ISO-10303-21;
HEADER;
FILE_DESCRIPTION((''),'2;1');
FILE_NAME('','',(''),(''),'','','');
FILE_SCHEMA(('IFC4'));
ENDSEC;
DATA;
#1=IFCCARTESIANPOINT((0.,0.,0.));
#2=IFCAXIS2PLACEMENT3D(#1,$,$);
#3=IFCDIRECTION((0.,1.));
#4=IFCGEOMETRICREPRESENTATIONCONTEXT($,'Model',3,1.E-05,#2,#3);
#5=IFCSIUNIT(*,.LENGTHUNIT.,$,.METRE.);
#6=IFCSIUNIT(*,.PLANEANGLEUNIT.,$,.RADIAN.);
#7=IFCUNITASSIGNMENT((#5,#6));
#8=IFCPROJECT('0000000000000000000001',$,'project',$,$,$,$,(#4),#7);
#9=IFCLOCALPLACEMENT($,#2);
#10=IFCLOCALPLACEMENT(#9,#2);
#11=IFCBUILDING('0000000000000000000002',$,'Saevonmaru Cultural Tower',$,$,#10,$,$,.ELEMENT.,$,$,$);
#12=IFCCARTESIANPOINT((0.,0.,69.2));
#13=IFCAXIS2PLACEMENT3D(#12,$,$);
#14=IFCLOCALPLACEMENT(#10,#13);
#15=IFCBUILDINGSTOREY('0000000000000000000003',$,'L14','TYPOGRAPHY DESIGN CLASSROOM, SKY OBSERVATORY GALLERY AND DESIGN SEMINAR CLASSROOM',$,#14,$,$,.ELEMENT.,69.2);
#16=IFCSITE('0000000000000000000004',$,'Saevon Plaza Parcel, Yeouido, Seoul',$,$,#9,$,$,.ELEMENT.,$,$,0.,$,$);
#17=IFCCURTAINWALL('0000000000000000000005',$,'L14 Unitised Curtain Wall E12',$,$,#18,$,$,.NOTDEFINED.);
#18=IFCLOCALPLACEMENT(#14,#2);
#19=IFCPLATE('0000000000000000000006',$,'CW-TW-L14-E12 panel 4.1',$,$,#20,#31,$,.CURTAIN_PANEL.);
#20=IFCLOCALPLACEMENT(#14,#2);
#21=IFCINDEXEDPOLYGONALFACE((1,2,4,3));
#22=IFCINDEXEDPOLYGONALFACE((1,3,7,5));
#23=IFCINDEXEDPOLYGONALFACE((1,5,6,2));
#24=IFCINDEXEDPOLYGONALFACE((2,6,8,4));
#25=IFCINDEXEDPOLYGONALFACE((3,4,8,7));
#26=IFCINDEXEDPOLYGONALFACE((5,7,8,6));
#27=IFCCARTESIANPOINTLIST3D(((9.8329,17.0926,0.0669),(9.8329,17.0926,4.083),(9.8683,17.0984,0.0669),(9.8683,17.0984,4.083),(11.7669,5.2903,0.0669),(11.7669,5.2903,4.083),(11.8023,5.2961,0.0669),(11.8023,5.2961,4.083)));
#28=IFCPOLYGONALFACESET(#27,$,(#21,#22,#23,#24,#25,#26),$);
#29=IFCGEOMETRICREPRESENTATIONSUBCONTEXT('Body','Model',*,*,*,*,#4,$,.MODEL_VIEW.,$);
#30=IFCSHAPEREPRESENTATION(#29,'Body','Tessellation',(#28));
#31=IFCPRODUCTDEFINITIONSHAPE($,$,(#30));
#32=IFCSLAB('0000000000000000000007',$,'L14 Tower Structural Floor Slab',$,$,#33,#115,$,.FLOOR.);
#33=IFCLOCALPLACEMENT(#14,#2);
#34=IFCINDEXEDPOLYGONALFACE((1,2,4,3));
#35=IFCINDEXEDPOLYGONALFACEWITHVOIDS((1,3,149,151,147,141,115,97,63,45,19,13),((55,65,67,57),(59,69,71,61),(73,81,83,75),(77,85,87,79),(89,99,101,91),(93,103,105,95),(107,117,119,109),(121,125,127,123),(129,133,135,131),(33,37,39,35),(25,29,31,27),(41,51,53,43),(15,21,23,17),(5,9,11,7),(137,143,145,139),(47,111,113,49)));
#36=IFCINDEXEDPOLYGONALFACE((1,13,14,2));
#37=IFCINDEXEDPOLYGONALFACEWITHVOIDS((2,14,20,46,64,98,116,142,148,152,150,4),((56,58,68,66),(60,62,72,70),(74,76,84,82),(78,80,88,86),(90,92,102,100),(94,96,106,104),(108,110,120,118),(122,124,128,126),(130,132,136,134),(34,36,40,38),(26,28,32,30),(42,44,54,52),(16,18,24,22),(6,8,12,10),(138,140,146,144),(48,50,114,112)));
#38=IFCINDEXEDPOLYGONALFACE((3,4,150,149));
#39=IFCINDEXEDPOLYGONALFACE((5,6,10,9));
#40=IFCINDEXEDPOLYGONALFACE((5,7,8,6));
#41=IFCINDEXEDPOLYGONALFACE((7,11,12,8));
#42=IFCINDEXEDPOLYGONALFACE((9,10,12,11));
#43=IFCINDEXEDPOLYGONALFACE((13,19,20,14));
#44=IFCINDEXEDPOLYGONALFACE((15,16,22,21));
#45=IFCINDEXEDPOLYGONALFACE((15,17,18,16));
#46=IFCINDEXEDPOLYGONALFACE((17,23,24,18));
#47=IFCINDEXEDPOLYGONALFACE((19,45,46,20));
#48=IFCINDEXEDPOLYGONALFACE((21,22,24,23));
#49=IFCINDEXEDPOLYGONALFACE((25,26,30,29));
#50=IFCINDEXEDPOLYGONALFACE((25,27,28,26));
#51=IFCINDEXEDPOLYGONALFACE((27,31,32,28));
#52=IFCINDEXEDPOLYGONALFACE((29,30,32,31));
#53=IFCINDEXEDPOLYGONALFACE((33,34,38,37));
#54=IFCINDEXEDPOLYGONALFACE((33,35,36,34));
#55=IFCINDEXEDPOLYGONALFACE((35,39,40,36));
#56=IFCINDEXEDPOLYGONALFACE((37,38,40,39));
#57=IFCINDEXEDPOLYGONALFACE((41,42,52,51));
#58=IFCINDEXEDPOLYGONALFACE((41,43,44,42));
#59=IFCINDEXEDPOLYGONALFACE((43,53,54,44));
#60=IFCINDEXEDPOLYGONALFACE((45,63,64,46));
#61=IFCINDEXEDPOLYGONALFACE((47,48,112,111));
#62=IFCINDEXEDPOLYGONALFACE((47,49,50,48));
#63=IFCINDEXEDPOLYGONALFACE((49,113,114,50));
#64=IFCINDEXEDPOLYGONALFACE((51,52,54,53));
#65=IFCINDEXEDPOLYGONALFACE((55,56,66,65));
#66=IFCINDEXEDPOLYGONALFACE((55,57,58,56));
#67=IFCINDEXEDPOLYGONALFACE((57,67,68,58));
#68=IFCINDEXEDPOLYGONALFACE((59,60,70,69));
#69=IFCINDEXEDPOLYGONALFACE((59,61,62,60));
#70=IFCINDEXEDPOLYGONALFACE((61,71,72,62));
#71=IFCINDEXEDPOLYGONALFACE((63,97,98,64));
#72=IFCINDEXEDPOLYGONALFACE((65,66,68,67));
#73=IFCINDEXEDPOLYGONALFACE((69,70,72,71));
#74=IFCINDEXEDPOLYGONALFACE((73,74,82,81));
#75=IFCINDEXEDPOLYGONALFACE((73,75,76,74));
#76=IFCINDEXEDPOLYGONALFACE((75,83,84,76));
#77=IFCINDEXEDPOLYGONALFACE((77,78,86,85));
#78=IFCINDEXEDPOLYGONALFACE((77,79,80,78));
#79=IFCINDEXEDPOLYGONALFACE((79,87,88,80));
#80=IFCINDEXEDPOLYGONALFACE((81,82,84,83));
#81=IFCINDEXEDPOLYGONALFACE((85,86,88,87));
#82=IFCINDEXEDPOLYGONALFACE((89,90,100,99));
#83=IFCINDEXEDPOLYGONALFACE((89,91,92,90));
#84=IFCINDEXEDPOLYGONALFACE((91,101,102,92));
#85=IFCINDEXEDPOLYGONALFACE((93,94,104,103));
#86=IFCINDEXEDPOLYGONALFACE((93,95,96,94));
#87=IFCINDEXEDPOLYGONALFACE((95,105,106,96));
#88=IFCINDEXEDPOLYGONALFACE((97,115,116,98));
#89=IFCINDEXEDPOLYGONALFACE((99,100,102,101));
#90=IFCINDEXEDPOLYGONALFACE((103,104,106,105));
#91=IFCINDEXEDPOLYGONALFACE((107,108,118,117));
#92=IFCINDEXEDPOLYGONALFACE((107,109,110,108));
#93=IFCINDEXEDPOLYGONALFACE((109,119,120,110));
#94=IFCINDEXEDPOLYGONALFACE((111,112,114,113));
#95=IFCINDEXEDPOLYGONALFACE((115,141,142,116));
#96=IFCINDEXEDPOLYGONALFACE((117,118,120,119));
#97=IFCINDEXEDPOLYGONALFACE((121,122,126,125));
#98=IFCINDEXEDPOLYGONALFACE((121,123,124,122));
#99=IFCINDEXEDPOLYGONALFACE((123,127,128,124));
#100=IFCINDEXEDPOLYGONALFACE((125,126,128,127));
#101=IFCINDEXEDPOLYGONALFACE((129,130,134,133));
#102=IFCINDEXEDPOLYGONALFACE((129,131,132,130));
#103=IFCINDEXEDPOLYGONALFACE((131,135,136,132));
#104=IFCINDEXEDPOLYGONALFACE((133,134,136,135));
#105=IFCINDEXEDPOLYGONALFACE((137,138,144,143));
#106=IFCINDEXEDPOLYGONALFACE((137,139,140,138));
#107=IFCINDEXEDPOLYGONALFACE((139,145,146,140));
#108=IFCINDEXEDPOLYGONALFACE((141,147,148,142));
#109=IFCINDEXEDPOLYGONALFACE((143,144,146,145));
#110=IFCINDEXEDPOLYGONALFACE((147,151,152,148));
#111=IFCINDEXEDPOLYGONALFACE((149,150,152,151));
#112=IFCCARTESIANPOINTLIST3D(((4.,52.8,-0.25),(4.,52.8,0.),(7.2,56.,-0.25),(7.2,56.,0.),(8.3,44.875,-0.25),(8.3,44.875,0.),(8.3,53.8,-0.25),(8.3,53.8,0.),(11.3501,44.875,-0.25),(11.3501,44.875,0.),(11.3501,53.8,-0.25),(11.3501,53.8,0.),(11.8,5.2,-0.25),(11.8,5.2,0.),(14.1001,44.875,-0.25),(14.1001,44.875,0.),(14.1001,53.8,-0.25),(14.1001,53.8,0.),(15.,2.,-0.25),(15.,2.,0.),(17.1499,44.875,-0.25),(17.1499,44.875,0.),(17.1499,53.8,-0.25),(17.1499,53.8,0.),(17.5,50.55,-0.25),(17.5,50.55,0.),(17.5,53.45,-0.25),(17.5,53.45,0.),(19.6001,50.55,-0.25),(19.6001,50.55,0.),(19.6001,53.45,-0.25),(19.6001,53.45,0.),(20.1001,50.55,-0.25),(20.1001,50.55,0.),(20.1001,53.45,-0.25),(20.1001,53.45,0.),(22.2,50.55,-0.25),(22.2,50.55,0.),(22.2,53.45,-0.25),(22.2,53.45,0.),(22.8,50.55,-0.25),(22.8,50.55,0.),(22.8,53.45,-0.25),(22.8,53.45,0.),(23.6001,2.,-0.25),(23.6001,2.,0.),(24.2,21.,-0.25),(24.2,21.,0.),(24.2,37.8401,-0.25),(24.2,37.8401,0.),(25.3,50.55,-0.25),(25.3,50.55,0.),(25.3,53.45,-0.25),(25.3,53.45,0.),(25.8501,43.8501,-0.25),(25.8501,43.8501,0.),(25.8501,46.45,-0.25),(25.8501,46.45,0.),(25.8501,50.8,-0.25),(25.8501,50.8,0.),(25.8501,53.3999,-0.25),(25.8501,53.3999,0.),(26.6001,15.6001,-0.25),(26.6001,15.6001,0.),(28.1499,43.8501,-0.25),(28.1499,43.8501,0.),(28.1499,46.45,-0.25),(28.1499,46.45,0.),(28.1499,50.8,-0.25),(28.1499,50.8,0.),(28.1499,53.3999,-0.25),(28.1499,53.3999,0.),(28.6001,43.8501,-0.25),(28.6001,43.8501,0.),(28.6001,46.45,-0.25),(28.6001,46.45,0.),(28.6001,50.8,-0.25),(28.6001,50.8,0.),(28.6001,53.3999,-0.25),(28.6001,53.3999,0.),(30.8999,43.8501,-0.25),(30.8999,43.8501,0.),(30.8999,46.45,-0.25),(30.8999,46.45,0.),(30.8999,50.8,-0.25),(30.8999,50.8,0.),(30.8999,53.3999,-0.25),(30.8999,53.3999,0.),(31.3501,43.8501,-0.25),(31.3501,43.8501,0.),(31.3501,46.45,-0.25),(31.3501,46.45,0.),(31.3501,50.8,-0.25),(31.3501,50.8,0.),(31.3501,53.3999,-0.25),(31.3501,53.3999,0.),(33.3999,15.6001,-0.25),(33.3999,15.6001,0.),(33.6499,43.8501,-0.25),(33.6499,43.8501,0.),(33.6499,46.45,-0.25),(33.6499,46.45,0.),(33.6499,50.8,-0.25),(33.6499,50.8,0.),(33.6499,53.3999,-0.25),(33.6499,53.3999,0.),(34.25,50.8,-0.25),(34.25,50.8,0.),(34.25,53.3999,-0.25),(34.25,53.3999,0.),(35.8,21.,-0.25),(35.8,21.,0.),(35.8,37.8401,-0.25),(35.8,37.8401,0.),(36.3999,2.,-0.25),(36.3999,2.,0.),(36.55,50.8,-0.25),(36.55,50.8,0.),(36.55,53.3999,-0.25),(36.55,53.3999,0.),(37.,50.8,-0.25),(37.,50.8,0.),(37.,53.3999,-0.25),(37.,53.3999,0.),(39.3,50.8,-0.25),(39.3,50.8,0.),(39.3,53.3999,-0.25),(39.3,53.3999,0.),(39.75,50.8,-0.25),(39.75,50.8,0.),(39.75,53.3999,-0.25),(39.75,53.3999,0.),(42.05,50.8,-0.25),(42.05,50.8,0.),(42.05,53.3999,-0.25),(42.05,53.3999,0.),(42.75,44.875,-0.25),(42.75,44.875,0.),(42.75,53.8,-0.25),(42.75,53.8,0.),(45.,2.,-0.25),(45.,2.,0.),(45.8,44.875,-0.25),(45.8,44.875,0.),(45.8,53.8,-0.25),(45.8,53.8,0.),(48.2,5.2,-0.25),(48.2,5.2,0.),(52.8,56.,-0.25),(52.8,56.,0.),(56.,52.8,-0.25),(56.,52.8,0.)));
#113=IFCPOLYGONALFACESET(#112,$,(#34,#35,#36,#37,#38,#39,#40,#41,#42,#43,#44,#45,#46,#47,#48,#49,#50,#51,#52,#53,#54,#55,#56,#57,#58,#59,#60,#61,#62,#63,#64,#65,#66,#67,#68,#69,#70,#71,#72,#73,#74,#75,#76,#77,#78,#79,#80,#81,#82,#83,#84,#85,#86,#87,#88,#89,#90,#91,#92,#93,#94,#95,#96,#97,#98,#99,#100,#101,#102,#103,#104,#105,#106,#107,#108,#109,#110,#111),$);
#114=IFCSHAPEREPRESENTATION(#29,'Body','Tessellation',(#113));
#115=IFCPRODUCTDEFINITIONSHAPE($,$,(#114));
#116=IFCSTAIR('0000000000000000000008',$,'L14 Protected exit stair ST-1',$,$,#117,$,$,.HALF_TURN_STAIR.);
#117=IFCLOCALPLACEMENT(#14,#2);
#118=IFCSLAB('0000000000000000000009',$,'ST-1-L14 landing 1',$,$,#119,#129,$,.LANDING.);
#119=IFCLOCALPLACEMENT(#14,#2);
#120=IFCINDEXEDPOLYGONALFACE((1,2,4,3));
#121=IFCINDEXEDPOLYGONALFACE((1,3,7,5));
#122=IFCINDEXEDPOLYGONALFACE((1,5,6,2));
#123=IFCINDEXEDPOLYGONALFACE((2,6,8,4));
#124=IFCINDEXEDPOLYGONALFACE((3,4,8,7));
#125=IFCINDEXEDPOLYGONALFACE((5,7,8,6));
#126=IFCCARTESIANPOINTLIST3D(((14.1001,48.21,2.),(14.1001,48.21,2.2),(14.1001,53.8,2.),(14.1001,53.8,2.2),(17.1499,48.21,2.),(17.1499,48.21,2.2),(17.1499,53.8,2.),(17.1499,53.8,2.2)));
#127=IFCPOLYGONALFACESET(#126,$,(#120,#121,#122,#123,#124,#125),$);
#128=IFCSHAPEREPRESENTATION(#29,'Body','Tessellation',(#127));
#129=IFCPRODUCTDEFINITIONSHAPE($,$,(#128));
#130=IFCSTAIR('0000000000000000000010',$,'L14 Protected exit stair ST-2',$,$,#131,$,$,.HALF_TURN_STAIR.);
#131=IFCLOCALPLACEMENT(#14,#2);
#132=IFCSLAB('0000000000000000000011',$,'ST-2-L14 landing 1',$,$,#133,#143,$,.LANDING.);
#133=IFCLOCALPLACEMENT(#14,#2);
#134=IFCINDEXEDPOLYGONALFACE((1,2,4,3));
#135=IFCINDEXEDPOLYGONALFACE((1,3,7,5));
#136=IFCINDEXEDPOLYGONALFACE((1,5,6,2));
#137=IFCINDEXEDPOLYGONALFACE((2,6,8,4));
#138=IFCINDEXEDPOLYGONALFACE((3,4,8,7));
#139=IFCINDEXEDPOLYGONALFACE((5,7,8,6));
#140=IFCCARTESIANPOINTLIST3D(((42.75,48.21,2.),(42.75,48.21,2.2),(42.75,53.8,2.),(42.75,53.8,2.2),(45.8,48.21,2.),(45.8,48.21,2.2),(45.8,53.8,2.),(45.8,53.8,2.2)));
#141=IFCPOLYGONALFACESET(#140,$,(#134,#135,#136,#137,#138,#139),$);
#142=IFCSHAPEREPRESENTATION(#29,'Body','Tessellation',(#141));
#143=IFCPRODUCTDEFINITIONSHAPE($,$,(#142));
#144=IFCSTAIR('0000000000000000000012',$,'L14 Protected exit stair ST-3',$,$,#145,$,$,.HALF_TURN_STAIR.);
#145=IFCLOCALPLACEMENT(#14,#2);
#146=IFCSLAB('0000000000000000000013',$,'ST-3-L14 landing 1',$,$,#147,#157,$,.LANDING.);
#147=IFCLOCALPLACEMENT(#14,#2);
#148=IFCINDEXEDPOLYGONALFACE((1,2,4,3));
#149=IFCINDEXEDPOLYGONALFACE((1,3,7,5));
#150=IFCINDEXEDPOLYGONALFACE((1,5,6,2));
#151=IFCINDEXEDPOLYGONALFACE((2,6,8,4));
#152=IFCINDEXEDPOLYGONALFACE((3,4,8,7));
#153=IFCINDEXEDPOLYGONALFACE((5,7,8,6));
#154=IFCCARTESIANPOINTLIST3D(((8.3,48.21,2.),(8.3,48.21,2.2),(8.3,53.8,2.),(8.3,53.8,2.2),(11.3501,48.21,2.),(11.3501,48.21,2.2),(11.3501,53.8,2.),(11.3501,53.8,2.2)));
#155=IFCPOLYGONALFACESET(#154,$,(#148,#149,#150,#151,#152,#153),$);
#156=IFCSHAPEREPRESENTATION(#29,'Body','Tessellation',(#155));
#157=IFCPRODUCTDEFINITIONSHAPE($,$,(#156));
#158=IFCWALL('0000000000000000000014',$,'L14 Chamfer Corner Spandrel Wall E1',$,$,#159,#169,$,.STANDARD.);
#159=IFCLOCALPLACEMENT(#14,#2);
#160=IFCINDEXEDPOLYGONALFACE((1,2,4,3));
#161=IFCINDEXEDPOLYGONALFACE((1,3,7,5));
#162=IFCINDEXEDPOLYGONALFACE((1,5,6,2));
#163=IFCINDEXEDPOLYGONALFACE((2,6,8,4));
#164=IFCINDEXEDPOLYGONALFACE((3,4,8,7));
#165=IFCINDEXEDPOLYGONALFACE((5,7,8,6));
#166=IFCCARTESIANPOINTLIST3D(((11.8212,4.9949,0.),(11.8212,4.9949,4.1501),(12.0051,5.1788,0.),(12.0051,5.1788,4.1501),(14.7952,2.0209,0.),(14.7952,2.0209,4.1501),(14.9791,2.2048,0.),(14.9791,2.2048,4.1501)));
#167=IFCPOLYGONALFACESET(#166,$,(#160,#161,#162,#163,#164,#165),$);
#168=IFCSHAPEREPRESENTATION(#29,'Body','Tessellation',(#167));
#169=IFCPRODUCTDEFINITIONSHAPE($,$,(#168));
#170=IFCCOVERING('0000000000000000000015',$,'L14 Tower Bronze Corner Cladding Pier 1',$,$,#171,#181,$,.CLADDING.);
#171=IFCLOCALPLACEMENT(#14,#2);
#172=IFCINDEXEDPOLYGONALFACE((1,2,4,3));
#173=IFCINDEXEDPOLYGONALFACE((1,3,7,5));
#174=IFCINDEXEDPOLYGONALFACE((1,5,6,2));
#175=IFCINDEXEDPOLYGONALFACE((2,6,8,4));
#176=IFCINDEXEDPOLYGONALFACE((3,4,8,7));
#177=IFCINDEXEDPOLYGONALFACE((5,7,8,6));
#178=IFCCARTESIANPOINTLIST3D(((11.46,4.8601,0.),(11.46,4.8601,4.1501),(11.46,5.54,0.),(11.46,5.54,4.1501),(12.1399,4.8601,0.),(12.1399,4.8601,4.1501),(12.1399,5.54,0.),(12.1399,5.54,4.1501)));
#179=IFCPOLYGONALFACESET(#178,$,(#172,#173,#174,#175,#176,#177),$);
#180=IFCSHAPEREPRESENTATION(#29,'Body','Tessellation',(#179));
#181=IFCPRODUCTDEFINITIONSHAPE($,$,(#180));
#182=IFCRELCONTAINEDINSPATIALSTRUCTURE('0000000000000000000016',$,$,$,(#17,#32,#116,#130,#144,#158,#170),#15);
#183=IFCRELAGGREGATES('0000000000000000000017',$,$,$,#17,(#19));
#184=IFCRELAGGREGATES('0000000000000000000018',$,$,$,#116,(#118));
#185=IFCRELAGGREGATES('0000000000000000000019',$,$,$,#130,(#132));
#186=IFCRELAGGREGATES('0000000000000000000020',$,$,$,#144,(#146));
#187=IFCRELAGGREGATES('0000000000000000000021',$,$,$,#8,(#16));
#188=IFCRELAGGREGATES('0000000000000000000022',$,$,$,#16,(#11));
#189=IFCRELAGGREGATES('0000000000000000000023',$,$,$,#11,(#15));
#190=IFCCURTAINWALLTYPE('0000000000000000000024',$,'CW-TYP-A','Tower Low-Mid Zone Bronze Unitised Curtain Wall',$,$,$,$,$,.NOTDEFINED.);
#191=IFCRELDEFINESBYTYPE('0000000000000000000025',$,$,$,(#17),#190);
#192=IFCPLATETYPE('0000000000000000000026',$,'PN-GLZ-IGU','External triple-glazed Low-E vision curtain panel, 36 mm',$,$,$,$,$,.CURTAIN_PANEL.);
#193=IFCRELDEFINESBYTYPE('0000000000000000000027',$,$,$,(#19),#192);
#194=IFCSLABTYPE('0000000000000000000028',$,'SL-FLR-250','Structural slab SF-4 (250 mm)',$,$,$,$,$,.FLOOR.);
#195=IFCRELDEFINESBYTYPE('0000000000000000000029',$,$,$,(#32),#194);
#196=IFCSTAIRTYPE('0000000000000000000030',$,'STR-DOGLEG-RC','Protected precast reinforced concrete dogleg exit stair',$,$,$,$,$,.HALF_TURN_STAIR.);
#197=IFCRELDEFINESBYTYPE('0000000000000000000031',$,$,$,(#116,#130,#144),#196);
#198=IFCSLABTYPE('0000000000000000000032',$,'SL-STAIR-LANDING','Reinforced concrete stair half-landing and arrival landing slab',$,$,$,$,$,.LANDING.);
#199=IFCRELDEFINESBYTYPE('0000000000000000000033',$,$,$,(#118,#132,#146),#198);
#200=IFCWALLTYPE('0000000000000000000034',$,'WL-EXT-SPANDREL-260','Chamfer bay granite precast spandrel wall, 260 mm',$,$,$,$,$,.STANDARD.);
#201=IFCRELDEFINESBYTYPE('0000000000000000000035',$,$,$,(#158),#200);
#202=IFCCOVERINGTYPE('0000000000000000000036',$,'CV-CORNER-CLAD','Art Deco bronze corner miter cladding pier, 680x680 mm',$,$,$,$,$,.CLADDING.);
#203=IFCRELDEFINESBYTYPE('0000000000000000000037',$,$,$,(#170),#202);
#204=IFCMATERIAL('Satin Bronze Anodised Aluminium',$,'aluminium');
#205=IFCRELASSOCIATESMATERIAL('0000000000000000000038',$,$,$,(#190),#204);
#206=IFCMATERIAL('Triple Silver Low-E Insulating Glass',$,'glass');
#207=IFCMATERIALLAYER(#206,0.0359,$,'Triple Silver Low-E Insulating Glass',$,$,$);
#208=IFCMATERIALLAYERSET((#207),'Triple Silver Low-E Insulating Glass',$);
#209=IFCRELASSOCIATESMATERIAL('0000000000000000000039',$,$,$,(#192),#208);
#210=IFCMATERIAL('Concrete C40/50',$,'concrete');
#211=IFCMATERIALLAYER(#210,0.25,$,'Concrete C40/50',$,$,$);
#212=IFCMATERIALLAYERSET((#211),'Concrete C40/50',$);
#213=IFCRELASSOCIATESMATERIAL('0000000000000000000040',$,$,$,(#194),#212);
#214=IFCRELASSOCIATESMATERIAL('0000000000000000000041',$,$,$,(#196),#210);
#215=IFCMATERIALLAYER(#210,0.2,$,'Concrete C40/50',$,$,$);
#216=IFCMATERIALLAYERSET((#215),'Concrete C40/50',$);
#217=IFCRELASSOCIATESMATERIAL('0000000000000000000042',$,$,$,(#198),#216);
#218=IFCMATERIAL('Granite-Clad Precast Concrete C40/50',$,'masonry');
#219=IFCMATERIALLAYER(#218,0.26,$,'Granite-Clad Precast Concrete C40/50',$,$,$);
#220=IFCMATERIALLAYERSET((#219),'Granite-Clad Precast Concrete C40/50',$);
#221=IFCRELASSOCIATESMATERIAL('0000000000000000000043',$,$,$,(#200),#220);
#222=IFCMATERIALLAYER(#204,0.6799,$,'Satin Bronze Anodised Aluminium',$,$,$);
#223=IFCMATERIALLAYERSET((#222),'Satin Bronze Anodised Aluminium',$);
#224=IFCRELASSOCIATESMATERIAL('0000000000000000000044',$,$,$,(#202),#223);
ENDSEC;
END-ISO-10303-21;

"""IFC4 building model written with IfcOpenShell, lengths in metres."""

from ifc_helpers import new_model, si_unit, direction, frame, frame_2d, origin, origin_2d, place, context, subcontext, project, spatial, polyline, rectangle, outline, extrude, material, layer, layer_set, type_object, element, aggregate, save


model = new_model("IFC4")

# Units and contexts
model_context = context("Model", 3, precision=1e-05, world=origin(), true_north=direction((0.0, 1.0)))
body_context = subcontext(model_context, "Body", "Model", "MODEL_VIEW")
ifc_project = project(units=[si_unit("LENGTHUNIT", "METRE"), si_unit("PLANEANGLEUNIT", "RADIAN")], contexts=[model_context])

# Site, building, storey
site_placement = place(None, origin())
site = spatial("IfcSite", under=ifc_project, at=site_placement, Name="Saevon Plaza Parcel, Yeouido, Seoul", CompositionType="ELEMENT", RefElevation=0.0)
building_placement = place(site_placement, origin())
building = spatial("IfcBuilding", under=site, at=building_placement, Name="Saevonmaru Cultural Tower", CompositionType="ELEMENT")
storey_placement = place(building_placement, frame((0.0, 0.0, 69.2)))
storey = spatial("IfcBuildingStorey", under=building, at=storey_placement, Name="L14", Description="TYPOGRAPHY DESIGN CLASSROOM, SKY OBSERVATORY GALLERY AND DESIGN SEMINAR CLASSROOM", CompositionType="ELEMENT", Elevation=69.2)

# Curtain wall, plate
ifc_material_1 = material(Name="Satin Bronze Anodised Aluminium", Category="aluminium")
curtain_wall_type = type_object("IfcCurtainWallType", Name="CW-TYP-A", Description="Tower Low-Mid Zone Bronze Unitised Curtain Wall", PredefinedType="NOTDEFINED", material=ifc_material_1)
curtain_wall_placement = place(storey_placement, origin())
curtain_wall = element("IfcCurtainWall", 1, at=curtain_wall_placement, inside=storey, type_object=curtain_wall_type, Name="L14 Unitised Curtain Wall E12", PredefinedType="NOTDEFINED")
ifc_material_2 = material(Name="Triple Silver Low-E Insulating Glass", Category="glass")
ifc_layer_1 = layer(ifc_material_2, 0.0359, Name="Triple Silver Low-E Insulating Glass")
ifc_layer_set_1 = layer_set([ifc_layer_1], Name="Triple Silver Low-E Insulating Glass")
plate_type = type_object("IfcPlateType", Name="PN-GLZ-IGU", Description="External triple-glazed Low-E vision curtain panel, 36 mm", PredefinedType="CURTAIN_PANEL", material=ifc_layer_set_1)
plate_placement = place(storey_placement, frame((10.8176, 11.1943, 0.0669), z_axis=(0.0, 0.0, 1.0), x_axis=(0.161709, -0.986839, 0.0)))
plate = element("IfcPlate", 2, at=plate_placement, type_object=plate_type, Name="CW-TW-L14-E12 panel 4.1", PredefinedType="CURTAIN_PANEL", context=body_context, shape_type="SweptSolid", body=[
    extrude(rectangle(XDim=11.9597, YDim=0.0359, at=origin_2d()), origin(), (0.0, 0.0, 1.0), 4.0161),
])
aggregate(curtain_wall, [plate])

# Slab
ifc_material_3 = material(Name="Concrete C40/50", Category="concrete")
ifc_layer_2 = layer(ifc_material_3, 0.25, Name="Concrete C40/50")
ifc_layer_set_2 = layer_set([ifc_layer_2], Name="Concrete C40/50")
slab_type_1 = type_object("IfcSlabType", Name="SL-FLR-250", Description="Structural slab SF-4 (250 mm)", PredefinedType="FLOOR", material=ifc_layer_set_2)
slab_1_placement = place(storey_placement, frame((0.0, 0.0, -0.25)))
element("IfcSlab", 3, at=slab_1_placement, inside=storey, type_object=slab_type_1, Name="L14 Tower Structural Floor Slab", PredefinedType="FLOOR", context=body_context, shape_type="SweptSolid", body=[
    extrude(outline(polyline([(11.8, 5.2), (15.0, 2.0), (23.6001, 2.0), (26.6001, 15.6001), (33.3999, 15.6001), (36.3999, 2.0), (45.0, 2.0), (48.2, 5.2), (56.0, 52.8), (52.8, 56.0), (7.2, 56.0), (4.0, 52.8), (11.8, 5.2)]), holes=[polyline([(45.8, 44.875), (42.75, 44.875), (42.75, 53.8), (45.8, 53.8), (45.8, 44.875)]), polyline([(39.75, 50.8), (39.75, 53.3999), (42.05, 53.3999), (42.05, 50.8), (39.75, 50.8)]), polyline([(37.0, 50.8), (37.0, 53.3999), (39.3, 53.3999), (39.3, 50.8), (37.0, 50.8)]), polyline([(34.25, 50.8), (34.25, 53.3999), (36.55, 53.3999), (36.55, 50.8), (34.25, 50.8)]), polyline([(24.2, 21.0), (24.2, 37.8401), (35.8, 37.8401), (35.8, 21.0), (24.2, 21.0)]), polyline([(31.3501, 50.8), (31.3501, 53.3999), (33.6499, 53.3999), (33.6499, 50.8), (31.3501, 50.8)]), polyline([(31.3501, 43.8501), (31.3501, 46.45), (33.6499, 46.45), (33.6499, 43.8501), (31.3501, 43.8501)]), polyline([(28.6001, 43.8501), (28.6001, 46.45), (30.8999, 46.45), (30.8999, 43.8501), (28.6001, 43.8501)]), polyline([(28.6001, 50.8), (28.6001, 53.3999), (30.8999, 53.3999), (30.8999, 50.8), (28.6001, 50.8)]), polyline([(25.8501, 50.8), (25.8501, 53.3999), (28.1499, 53.3999), (28.1499, 50.8), (25.8501, 50.8)]), polyline([(25.8501, 43.8501), (25.8501, 46.45), (28.1499, 46.45), (28.1499, 43.8501), (25.8501, 43.8501)]), polyline([(22.8, 50.55), (22.8, 53.45), (25.3, 53.45), (25.3, 50.55), (22.8, 50.55)]), polyline([(20.1001, 50.55), (20.1001, 53.45), (22.2, 53.45), (22.2, 50.55), (20.1001, 50.55)]), polyline([(17.5, 50.55), (17.5, 53.45), (19.6001, 53.45), (19.6001, 50.55), (17.5, 50.55)]), polyline([(17.1499, 44.875), (14.1001, 44.875), (14.1001, 53.8), (17.1499, 53.8), (17.1499, 44.875)]), polyline([(11.3501, 44.875), (8.3, 44.875), (8.3, 53.8), (11.3501, 53.8), (11.3501, 44.875)])]), origin(), (0.0, 0.0, 1.0), 0.25),
])

# Stairs, slabs
stair_type = type_object("IfcStairType", Name="STR-DOGLEG-RC", Description="Protected precast reinforced concrete dogleg exit stair", PredefinedType="HALF_TURN_STAIR", material=ifc_material_3)
stair_1_placement = place(storey_placement, origin())
stair_1 = element("IfcStair", 4, at=stair_1_placement, inside=storey, type_object=stair_type, Name="L14 Protected exit stair ST-1", PredefinedType="HALF_TURN_STAIR")
ifc_layer_3 = layer(ifc_material_3, 0.2, Name="Concrete C40/50")
ifc_layer_set_3 = layer_set([ifc_layer_3], Name="Concrete C40/50")
slab_type_2 = type_object("IfcSlabType", Name="SL-STAIR-LANDING", Description="Reinforced concrete stair half-landing and arrival landing slab", PredefinedType="LANDING", material=ifc_layer_set_3)
slab_2_placement = place(storey_placement, frame((0.0, 0.0, 2.0)))
slab_2 = element("IfcSlab", 5, at=slab_2_placement, type_object=slab_type_2, Name="ST-1-L14 landing 1", PredefinedType="LANDING", context=body_context, shape_type="SweptSolid", body=[
    extrude(outline(polyline([(17.1499, 48.21), (17.1499, 53.8), (14.1001, 53.8), (14.1001, 48.21), (17.1499, 48.21)])), origin(), (0.0, 0.0, 1.0), 0.2),
])
aggregate(stair_1, [slab_2])
stair_2_placement = place(storey_placement, origin())
stair_2 = element("IfcStair", 6, at=stair_2_placement, inside=storey, type_object=stair_type, Name="L14 Protected exit stair ST-2", PredefinedType="HALF_TURN_STAIR")
slab_3_placement = place(storey_placement, frame((0.0, 0.0, 2.0)))
slab_3 = element("IfcSlab", 7, at=slab_3_placement, type_object=slab_type_2, Name="ST-2-L14 landing 1", PredefinedType="LANDING", context=body_context, shape_type="SweptSolid", body=[
    extrude(outline(polyline([(45.8, 48.21), (45.8, 53.8), (42.75, 53.8), (42.75, 48.21), (45.8, 48.21)])), origin(), (0.0, 0.0, 1.0), 0.2),
])
aggregate(stair_2, [slab_3])
stair_3_placement = place(storey_placement, origin())
stair_3 = element("IfcStair", 8, at=stair_3_placement, inside=storey, type_object=stair_type, Name="L14 Protected exit stair ST-3", PredefinedType="HALF_TURN_STAIR")
slab_4_placement = place(storey_placement, frame((0.0, 0.0, 2.0)))
slab_4 = element("IfcSlab", 9, at=slab_4_placement, type_object=slab_type_2, Name="ST-3-L14 landing 1", PredefinedType="LANDING", context=body_context, shape_type="SweptSolid", body=[
    extrude(outline(polyline([(11.3501, 48.21), (11.3501, 53.8), (8.3, 53.8), (8.3, 48.21), (11.3501, 48.21)])), origin(), (0.0, 0.0, 1.0), 0.2),
])
aggregate(stair_3, [slab_4])

# Wall
ifc_material_4 = material(Name="Granite-Clad Precast Concrete C40/50", Category="masonry")
ifc_layer_4 = layer(ifc_material_4, 0.26, Name="Granite-Clad Precast Concrete C40/50")
ifc_layer_set_4 = layer_set([ifc_layer_4], Name="Granite-Clad Precast Concrete C40/50")
wall_type = type_object("IfcWallType", Name="WL-EXT-SPANDREL-260", Description="Chamfer bay granite precast spandrel wall, 260 mm", PredefinedType="STANDARD", material=ifc_layer_set_4)
wall_placement = place(storey_placement, frame((11.9131, 5.0869, 0.0), z_axis=(0.0, 0.0, 1.0), x_axis=(0.707107, -0.707107, 0.0)))
element("IfcWall", 10, at=wall_placement, inside=storey, type_object=wall_type, Name="L14 Chamfer Corner Spandrel Wall E1", PredefinedType="STANDARD", context=body_context, shape_type="SweptSolid", body=[
    extrude(rectangle(XDim=4.2058, YDim=0.26, at=frame_2d((2.103, 0.0))), origin(), (0.0, 0.0, 1.0), 4.1501),
])

# Covering
ifc_layer_5 = layer(ifc_material_1, 0.6799, Name="Satin Bronze Anodised Aluminium")
ifc_layer_set_5 = layer_set([ifc_layer_5], Name="Satin Bronze Anodised Aluminium")
covering_type = type_object("IfcCoveringType", Name="CV-CORNER-CLAD", Description="Art Deco bronze corner miter cladding pier, 680x680 mm", PredefinedType="CLADDING", material=ifc_layer_set_5)
covering_1_placement = place(storey_placement, origin())
element("IfcCovering", 11, at=covering_1_placement, inside=storey, type_object=covering_type, Name="L14 Tower Bronze Corner Cladding Pier 1", PredefinedType="CLADDING", context=body_context, shape_type="SweptSolid", body=[
    extrude(outline(polyline([(11.46, 4.8601), (12.1399, 4.8601), (12.1399, 5.54), (11.46, 5.54), (11.46, 4.8601)])), origin(), (0.0, 0.0, 1.0), 4.1501),
])

save(model, "model.ifc")
